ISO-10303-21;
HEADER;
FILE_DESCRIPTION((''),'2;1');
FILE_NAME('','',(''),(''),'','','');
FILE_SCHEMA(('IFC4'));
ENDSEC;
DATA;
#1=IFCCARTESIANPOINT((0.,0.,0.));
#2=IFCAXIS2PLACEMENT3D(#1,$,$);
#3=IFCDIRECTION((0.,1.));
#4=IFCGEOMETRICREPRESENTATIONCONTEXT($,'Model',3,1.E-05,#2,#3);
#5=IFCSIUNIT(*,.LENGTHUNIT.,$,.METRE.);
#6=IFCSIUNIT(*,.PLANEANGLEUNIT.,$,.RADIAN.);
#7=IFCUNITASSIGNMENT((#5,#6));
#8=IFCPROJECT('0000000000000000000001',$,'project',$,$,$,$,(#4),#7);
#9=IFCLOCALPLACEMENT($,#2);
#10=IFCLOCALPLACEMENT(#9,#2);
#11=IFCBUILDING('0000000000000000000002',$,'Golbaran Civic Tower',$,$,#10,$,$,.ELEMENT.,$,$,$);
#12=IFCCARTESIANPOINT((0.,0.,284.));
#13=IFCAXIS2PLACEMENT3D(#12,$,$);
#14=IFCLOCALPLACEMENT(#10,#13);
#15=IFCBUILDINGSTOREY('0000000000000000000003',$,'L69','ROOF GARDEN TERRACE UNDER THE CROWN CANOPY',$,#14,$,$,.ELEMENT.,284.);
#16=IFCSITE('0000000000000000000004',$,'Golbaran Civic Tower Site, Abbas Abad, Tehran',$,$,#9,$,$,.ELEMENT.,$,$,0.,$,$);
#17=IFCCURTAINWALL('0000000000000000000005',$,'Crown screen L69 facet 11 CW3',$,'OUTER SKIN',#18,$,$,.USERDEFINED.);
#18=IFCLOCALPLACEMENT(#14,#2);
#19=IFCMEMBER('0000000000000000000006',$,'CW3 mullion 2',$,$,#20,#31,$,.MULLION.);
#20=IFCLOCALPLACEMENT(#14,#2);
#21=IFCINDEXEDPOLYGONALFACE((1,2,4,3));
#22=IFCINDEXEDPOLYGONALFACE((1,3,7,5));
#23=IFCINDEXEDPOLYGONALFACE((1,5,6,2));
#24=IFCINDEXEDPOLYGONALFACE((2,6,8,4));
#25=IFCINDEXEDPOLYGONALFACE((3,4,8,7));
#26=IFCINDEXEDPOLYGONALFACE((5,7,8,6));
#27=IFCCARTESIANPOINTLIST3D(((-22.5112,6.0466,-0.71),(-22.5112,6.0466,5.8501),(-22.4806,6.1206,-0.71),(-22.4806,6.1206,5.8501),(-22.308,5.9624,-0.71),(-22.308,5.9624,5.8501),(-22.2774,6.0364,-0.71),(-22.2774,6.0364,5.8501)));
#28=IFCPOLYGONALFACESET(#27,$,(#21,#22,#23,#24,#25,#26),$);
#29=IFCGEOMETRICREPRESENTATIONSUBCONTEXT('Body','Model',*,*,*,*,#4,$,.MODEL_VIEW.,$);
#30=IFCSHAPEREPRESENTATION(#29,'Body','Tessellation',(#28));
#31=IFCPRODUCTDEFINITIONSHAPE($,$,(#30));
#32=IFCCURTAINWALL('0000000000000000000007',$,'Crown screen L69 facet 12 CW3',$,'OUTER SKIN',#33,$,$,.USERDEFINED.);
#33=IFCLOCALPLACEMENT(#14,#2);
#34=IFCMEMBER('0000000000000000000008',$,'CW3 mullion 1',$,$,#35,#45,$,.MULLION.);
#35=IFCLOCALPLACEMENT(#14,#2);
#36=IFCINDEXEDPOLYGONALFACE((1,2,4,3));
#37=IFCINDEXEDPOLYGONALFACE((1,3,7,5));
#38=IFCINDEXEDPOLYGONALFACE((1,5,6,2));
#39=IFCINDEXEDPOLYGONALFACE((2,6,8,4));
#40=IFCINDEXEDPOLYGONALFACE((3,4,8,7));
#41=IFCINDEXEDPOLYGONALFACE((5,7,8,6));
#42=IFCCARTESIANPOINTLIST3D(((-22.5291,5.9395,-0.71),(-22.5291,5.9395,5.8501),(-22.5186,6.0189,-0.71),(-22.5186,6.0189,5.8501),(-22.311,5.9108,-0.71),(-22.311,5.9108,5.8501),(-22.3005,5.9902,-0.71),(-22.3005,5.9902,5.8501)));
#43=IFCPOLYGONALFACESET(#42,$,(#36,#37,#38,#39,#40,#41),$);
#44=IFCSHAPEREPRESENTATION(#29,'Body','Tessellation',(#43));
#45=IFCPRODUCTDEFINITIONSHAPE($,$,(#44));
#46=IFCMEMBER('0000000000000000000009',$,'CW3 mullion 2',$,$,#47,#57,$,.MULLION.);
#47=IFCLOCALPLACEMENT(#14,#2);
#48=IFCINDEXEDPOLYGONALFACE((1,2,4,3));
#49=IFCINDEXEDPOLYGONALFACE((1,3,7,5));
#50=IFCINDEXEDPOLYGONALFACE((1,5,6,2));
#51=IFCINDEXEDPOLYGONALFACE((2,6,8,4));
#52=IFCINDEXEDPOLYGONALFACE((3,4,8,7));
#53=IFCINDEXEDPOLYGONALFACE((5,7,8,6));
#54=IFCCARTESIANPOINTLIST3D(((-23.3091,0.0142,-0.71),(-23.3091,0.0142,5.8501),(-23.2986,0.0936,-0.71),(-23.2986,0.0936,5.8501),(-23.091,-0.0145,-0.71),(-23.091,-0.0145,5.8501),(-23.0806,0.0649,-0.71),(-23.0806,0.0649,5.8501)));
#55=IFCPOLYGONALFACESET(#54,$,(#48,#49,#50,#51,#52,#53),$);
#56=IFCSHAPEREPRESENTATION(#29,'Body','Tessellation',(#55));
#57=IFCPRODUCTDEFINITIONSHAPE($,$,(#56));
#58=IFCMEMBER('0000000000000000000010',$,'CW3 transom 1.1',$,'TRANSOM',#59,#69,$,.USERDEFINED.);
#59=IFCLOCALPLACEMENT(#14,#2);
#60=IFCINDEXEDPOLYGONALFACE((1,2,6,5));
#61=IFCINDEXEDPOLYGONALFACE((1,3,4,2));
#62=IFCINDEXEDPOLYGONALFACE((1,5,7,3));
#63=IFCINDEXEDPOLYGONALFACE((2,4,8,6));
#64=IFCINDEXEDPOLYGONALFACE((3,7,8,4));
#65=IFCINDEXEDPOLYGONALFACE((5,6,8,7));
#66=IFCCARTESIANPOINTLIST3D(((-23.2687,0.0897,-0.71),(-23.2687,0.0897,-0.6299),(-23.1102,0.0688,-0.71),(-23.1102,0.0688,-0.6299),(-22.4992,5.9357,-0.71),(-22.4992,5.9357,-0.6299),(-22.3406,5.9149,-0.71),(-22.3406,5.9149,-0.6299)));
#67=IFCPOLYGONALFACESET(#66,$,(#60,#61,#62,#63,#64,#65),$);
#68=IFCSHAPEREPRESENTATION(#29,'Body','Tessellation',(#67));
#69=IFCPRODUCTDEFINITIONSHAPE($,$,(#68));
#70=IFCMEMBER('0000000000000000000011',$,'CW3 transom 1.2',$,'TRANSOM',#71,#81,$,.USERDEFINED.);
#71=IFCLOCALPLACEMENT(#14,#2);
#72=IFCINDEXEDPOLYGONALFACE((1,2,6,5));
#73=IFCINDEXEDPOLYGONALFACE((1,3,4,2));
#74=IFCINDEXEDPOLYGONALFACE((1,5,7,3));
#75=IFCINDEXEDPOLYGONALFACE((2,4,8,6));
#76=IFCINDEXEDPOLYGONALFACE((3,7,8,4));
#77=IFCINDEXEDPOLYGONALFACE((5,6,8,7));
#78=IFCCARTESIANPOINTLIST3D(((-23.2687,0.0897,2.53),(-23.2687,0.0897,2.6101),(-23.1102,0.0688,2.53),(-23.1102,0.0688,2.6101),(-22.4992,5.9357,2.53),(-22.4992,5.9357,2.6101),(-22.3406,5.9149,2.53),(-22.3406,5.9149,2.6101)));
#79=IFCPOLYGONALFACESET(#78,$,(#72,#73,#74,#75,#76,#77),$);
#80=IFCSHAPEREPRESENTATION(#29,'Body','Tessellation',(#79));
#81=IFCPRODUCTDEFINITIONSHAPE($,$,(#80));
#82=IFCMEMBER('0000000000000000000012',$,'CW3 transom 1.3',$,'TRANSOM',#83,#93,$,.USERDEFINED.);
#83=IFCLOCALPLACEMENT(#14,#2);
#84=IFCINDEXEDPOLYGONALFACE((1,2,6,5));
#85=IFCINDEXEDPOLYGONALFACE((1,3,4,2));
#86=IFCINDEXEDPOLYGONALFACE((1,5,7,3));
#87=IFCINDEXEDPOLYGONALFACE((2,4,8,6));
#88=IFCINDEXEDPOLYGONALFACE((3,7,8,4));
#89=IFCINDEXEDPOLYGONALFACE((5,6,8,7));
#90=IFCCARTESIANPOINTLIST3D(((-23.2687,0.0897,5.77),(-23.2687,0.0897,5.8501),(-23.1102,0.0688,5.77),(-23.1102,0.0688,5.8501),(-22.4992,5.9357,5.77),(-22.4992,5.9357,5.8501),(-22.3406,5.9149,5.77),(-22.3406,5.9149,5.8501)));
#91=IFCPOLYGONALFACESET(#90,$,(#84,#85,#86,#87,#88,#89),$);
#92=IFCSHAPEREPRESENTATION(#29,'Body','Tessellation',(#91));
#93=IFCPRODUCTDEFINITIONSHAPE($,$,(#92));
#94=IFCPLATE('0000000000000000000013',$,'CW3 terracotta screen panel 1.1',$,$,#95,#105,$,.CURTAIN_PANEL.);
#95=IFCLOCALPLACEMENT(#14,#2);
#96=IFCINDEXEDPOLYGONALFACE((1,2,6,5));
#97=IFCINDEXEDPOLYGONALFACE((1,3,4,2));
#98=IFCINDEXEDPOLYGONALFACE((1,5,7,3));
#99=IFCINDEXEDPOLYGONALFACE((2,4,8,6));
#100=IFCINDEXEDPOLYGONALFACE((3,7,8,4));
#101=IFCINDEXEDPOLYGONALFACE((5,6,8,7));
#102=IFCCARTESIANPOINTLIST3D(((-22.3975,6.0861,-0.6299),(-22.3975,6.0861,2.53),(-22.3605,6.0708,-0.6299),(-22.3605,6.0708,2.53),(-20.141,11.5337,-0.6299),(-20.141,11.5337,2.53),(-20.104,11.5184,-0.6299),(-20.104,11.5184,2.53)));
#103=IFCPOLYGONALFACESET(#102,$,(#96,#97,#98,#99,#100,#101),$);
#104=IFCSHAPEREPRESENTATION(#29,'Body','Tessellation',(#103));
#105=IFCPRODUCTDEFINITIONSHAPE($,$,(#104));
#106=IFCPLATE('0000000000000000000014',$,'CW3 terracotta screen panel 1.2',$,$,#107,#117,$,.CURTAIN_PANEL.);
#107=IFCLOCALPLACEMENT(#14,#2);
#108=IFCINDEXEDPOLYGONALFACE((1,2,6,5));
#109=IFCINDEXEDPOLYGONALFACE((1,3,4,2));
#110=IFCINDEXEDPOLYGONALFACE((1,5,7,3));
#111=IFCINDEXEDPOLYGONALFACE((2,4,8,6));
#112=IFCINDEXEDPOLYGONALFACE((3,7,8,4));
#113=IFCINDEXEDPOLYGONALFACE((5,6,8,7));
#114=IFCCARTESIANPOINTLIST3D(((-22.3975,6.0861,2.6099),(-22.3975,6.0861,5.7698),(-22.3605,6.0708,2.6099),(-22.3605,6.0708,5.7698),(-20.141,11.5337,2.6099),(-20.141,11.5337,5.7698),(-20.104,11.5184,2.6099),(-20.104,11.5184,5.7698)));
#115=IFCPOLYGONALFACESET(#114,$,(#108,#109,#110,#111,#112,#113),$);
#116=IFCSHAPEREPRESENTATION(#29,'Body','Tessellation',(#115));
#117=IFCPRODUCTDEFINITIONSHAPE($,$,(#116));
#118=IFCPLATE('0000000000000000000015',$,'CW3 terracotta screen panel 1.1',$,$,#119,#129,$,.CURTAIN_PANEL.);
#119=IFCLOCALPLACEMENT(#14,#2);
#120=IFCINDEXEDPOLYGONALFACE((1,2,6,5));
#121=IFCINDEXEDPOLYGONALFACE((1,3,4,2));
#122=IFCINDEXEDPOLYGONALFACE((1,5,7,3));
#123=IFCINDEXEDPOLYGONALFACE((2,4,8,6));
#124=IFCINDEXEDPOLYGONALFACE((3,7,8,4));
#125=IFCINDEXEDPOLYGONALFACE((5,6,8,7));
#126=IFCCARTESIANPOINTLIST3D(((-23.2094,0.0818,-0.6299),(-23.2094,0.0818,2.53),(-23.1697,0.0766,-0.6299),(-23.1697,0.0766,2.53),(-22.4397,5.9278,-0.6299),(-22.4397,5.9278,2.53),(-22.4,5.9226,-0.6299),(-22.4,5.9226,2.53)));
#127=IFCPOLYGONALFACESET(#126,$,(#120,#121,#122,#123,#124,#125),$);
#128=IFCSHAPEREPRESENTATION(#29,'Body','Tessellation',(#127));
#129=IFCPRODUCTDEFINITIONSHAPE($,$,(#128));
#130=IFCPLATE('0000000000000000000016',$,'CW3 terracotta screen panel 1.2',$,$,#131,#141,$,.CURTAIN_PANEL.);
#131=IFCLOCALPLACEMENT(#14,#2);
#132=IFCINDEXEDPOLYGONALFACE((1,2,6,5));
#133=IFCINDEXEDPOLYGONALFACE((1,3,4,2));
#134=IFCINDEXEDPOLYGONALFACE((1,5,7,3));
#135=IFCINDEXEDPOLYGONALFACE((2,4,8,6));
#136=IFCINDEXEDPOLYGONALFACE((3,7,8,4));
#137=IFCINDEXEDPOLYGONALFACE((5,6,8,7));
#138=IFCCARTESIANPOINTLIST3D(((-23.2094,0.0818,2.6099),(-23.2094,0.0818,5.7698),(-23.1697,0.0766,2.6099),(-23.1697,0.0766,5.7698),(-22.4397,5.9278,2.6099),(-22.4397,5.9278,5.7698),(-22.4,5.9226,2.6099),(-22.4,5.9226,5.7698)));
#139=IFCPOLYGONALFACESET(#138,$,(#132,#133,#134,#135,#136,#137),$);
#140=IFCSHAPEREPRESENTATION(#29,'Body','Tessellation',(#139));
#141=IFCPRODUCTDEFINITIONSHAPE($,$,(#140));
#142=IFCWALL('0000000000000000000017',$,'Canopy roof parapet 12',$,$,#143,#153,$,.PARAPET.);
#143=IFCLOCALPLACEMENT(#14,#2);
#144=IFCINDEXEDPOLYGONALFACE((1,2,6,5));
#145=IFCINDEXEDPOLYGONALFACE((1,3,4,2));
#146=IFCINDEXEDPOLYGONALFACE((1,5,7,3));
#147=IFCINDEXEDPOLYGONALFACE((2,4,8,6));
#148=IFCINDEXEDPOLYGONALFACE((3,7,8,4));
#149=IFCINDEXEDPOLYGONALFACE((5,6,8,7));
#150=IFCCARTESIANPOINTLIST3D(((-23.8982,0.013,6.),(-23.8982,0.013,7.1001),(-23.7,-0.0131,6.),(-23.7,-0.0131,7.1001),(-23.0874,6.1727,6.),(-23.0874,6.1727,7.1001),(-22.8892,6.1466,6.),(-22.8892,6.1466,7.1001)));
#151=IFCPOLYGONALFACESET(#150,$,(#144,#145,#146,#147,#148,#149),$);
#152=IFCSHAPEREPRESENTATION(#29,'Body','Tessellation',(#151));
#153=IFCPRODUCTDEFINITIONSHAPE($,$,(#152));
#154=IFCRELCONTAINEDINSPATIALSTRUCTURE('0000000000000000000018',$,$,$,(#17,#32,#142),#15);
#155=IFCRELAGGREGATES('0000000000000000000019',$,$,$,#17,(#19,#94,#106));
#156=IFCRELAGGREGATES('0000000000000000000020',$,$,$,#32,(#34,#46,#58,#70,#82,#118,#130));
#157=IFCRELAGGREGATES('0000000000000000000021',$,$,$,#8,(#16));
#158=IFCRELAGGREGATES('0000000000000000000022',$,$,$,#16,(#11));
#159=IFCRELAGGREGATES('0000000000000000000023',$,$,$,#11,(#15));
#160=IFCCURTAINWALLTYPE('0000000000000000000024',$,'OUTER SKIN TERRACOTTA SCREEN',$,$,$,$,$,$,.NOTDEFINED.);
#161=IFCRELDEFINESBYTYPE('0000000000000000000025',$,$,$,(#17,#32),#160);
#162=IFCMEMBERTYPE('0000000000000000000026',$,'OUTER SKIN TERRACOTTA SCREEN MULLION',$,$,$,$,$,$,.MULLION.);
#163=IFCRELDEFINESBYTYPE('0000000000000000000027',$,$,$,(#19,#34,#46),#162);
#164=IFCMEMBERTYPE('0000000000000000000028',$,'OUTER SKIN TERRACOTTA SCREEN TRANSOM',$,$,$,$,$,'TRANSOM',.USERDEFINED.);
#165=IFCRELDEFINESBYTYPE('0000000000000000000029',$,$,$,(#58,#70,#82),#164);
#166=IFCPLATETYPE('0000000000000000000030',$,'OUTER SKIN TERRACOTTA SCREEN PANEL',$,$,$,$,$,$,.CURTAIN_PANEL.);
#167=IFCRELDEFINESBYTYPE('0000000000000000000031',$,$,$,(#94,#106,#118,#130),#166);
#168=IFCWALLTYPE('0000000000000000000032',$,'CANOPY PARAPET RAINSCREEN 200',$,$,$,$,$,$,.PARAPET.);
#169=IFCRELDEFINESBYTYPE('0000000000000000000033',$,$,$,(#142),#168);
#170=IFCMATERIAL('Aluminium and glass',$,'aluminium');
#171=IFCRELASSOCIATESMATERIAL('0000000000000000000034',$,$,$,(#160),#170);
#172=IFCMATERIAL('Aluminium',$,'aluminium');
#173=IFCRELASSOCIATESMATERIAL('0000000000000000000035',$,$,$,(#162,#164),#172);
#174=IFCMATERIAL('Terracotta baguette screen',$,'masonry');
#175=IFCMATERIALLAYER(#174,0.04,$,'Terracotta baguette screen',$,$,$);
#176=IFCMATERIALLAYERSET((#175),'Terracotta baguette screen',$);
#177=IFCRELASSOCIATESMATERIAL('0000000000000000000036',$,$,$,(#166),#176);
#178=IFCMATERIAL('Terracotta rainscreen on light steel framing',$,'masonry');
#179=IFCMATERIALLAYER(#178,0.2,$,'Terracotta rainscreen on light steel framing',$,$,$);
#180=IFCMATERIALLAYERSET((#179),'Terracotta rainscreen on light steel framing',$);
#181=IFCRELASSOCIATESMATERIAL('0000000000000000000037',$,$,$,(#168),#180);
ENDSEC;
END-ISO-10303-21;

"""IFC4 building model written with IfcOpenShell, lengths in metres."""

from ifc_helpers import new_model, si_unit, direction, frame, frame_2d, origin, origin_2d, place, context, subcontext, project, spatial, rectangle, extrude, material, layer, layer_set, material_profile, profile_set, type_object, element, aggregate, save


model = new_model("IFC4")

# Units and contexts
model_context = context("Model", 3, precision=1e-05, world=origin(), true_north=direction((0.0, 1.0)))
body_context = subcontext(model_context, "Body", "Model", "MODEL_VIEW")
ifc_project = project(units=[si_unit("LENGTHUNIT", "METRE"), si_unit("PLANEANGLEUNIT", "RADIAN")], contexts=[model_context])

# Site, building, storey
site_placement = place(None, origin())
site = spatial("IfcSite", under=ifc_project, at=site_placement, Name="Golbaran Civic Tower Site, Abbas Abad, Tehran", CompositionType="ELEMENT", RefElevation=0.0)
building_placement = place(site_placement, origin())
building = spatial("IfcBuilding", under=site, at=building_placement, Name="Golbaran Civic Tower", CompositionType="ELEMENT")
storey_placement = place(building_placement, frame((0.0, 0.0, 284.0)))
storey = spatial("IfcBuildingStorey", under=building, at=storey_placement, Name="L69", Description="ROOF GARDEN TERRACE UNDER THE CROWN CANOPY", CompositionType="ELEMENT", Elevation=284.0)

# Curtain wall, member
ifc_material_1 = material(Name="Aluminium and glass", Category="aluminium")
curtain_wall_type = type_object("IfcCurtainWallType", Name="OUTER SKIN TERRACOTTA SCREEN", PredefinedType="NOTDEFINED", material=ifc_material_1)
curtain_wall_1_placement = place(storey_placement, origin())
curtain_wall_1 = element("IfcCurtainWall", 1, at=curtain_wall_1_placement, inside=storey, type_object=curtain_wall_type, Name="Crown screen L69 facet 11 CW3", ObjectType="OUTER SKIN", PredefinedType="USERDEFINED")
ifc_material_2 = material(Name="Aluminium", Category="aluminium")
ifc_material_profile_1 = material_profile(ifc_material_2, rectangle(XDim=0.22, YDim=0.0801, at=origin_2d()), Name="OUTER SKIN TERRACOTTA SCREEN MULLION")
ifc_profile_set_1 = profile_set([ifc_material_profile_1], Name="Aluminium")
member_type_1 = type_object("IfcMemberType", Name="OUTER SKIN TERRACOTTA SCREEN MULLION", PredefinedType="MULLION", material=ifc_profile_set_1)
member_1_placement = place(storey_placement, frame((-22.3943, 6.0415, -0.71), z_axis=(0.0, 0.0, 1.0), x_axis=(0.92388, -0.382683, 0.0)))
member_1 = element("IfcMember", 2, at=member_1_placement, type_object=member_type_1, Name="CW3 mullion 2", PredefinedType="MULLION", context=body_context, shape_type="SweptSolid", body=[
    extrude(rectangle(XDim=0.22, YDim=0.0801, at=origin_2d()), origin(), (0.0, 0.0, 1.0), 6.5601),
])

# Curtain wall, members
curtain_wall_2_placement = place(storey_placement, origin())
curtain_wall_2 = element("IfcCurtainWall", 3, at=curtain_wall_2_placement, inside=storey, type_object=curtain_wall_type, Name="Crown screen L69 facet 12 CW3", ObjectType="OUTER SKIN", PredefinedType="USERDEFINED")
member_2_placement = place(storey_placement, frame((-22.4148, 5.9648, -0.71), z_axis=(0.0, 0.0, 1.0), x_axis=(0.991445, -0.130526, 0.0)))
member_2 = element("IfcMember", 4, at=member_2_placement, type_object=member_type_1, Name="CW3 mullion 1", PredefinedType="MULLION", context=body_context, shape_type="SweptSolid", body=[
    extrude(rectangle(XDim=0.22, YDim=0.0801, at=origin_2d()), origin(), (0.0, 0.0, 1.0), 6.5601),
])
member_3_placement = place(storey_placement, frame((-23.1948, 0.0396, -0.71), z_axis=(0.0, 0.0, 1.0), x_axis=(0.991445, -0.130526, 0.0)))
member_3 = element("IfcMember", 5, at=member_3_placement, type_object=member_type_1, Name="CW3 mullion 2", PredefinedType="MULLION", context=body_context, shape_type="SweptSolid", body=[
    extrude(rectangle(XDim=0.22, YDim=0.0801, at=origin_2d()), origin(), (0.0, 0.0, 1.0), 6.5601),
])
ifc_material_profile_2 = material_profile(ifc_material_2, rectangle(XDim=0.1599, YDim=0.0801, at=origin_2d()), Name="OUTER SKIN TERRACOTTA SCREEN TRANSOM")
ifc_profile_set_2 = profile_set([ifc_material_profile_2], Name="Aluminium")
member_type_2 = type_object("IfcMemberType", Name="OUTER SKIN TERRACOTTA SCREEN TRANSOM", ElementType="TRANSOM", PredefinedType="USERDEFINED", material=ifc_profile_set_2)
member_4_placement = place(storey_placement, frame((-22.4199, 5.9253, -0.6699), z_axis=(-0.130509, -0.991447, 0.0), x_axis=(0.991447, -0.130509, 0.0)))
member_4 = element("IfcMember", 6, at=member_4_placement, type_object=member_type_2, Name="CW3 transom 1.1", ObjectType="TRANSOM", PredefinedType="USERDEFINED", context=body_context, shape_type="SweptSolid", body=[
    extrude(rectangle(XDim=0.1599, YDim=0.0801, at=origin_2d()), origin(), (0.0, 0.0, 1.0), 5.8965),
])
member_5_placement = place(storey_placement, frame((-22.4199, 5.9253, 2.5701), z_axis=(-0.130509, -0.991447, 0.0), x_axis=(0.991447, -0.130509, 0.0)))
member_5 = element("IfcMember", 7, at=member_5_placement, type_object=member_type_2, Name="CW3 transom 1.2", ObjectType="TRANSOM", PredefinedType="USERDEFINED", context=body_context, shape_type="SweptSolid", body=[
    extrude(rectangle(XDim=0.1599, YDim=0.0801, at=origin_2d()), origin(), (0.0, 0.0, 1.0), 5.8965),
])
member_6_placement = place(storey_placement, frame((-22.4199, 5.9253, 5.8101), z_axis=(-0.130509, -0.991447, 0.0), x_axis=(0.991447, -0.130509, 0.0)))
member_6 = element("IfcMember", 8, at=member_6_placement, type_object=member_type_2, Name="CW3 transom 1.3", ObjectType="TRANSOM", PredefinedType="USERDEFINED", context=body_context, shape_type="SweptSolid", body=[
    extrude(rectangle(XDim=0.1599, YDim=0.0801, at=origin_2d()), origin(), (0.0, 0.0, 1.0), 5.8965),
])

# Plates
ifc_material_3 = material(Name="Terracotta baguette screen", Category="masonry")
ifc_layer_1 = layer(ifc_material_3, 0.04, Name="Terracotta baguette screen")
ifc_layer_set_1 = layer_set([ifc_layer_1], Name="Terracotta baguette screen")
plate_type = type_object("IfcPlateType", Name="OUTER SKIN TERRACOTTA SCREEN PANEL", PredefinedType="CURTAIN_PANEL", material=ifc_layer_set_1)
plate_1_placement = place(storey_placement, frame((-21.2507, 8.8022, -0.6299), z_axis=(0.0, 0.0, 1.0), x_axis=(-0.382683, -0.92388, 0.0)))
plate_1 = element("IfcPlate", 9, at=plate_1_placement, type_object=plate_type, Name="CW3 terracotta screen panel 1.1", PredefinedType="CURTAIN_PANEL", context=body_context, shape_type="SweptSolid", body=[
    extrude(rectangle(XDim=5.8965, YDim=0.04, at=origin_2d()), origin(), (0.0, 0.0, 1.0), 3.1599),
])
plate_2_placement = place(storey_placement, frame((-21.2507, 8.8022, 2.6099), z_axis=(0.0, 0.0, 1.0), x_axis=(-0.382683, -0.92388, 0.0)))
plate_2 = element("IfcPlate", 10, at=plate_2_placement, type_object=plate_type, Name="CW3 terracotta screen panel 1.2", PredefinedType="CURTAIN_PANEL", context=body_context, shape_type="SweptSolid", body=[
    extrude(rectangle(XDim=5.8965, YDim=0.04, at=origin_2d()), origin(), (0.0, 0.0, 1.0), 3.1599),
])
aggregate(curtain_wall_1, [member_1, plate_1, plate_2])
plate_3_placement = place(storey_placement, frame((-22.8047, 3.0022, -0.6299), z_axis=(0.0, 0.0, 1.0), x_axis=(-0.130526, -0.991445, 0.0)))
plate_3 = element("IfcPlate", 11, at=plate_3_placement, type_object=plate_type, Name="CW3 terracotta screen panel 1.1", PredefinedType="CURTAIN_PANEL", context=body_context, shape_type="SweptSolid", body=[
    extrude(rectangle(XDim=5.8965, YDim=0.04, at=origin_2d()), origin(), (0.0, 0.0, 1.0), 3.1599),
])
plate_4_placement = place(storey_placement, frame((-22.8047, 3.0022, 2.6099), z_axis=(0.0, 0.0, 1.0), x_axis=(-0.130526, -0.991445, 0.0)))
plate_4 = element("IfcPlate", 12, at=plate_4_placement, type_object=plate_type, Name="CW3 terracotta screen panel 1.2", PredefinedType="CURTAIN_PANEL", context=body_context, shape_type="SweptSolid", body=[
    extrude(rectangle(XDim=5.8965, YDim=0.04, at=origin_2d()), origin(), (0.0, 0.0, 1.0), 3.1599),
])
aggregate(curtain_wall_2, [member_2, member_3, member_4, member_5, member_6, plate_3, plate_4])

# Wall
ifc_material_4 = material(Name="Terracotta rainscreen on light steel framing", Category="masonry")
ifc_layer_2 = layer(ifc_material_4, 0.2, Name="Terracotta rainscreen on light steel framing")
ifc_layer_set_2 = layer_set([ifc_layer_2], Name="Terracotta rainscreen on light steel framing")
wall_type = type_object("IfcWallType", Name="CANOPY PARAPET RAINSCREEN 200", PredefinedType="PARAPET", material=ifc_layer_set_2)
wall_placement = place(storey_placement, frame((-22.9883, 6.1597, 6.0), z_axis=(0.0, 0.0, 1.0), x_axis=(-0.130503, -0.991448, 0.0)))
element("IfcWall", 13, at=wall_placement, inside=storey, type_object=wall_type, Name="Canopy roof parapet 12", PredefinedType="PARAPET", context=body_context, shape_type="SweptSolid", body=[
    extrude(rectangle(XDim=6.2129, YDim=0.2, at=frame_2d((3.1064, 0.0))), origin(), (0.0, 0.0, 1.0), 1.1001),
])

save(model, "model.ifc")
